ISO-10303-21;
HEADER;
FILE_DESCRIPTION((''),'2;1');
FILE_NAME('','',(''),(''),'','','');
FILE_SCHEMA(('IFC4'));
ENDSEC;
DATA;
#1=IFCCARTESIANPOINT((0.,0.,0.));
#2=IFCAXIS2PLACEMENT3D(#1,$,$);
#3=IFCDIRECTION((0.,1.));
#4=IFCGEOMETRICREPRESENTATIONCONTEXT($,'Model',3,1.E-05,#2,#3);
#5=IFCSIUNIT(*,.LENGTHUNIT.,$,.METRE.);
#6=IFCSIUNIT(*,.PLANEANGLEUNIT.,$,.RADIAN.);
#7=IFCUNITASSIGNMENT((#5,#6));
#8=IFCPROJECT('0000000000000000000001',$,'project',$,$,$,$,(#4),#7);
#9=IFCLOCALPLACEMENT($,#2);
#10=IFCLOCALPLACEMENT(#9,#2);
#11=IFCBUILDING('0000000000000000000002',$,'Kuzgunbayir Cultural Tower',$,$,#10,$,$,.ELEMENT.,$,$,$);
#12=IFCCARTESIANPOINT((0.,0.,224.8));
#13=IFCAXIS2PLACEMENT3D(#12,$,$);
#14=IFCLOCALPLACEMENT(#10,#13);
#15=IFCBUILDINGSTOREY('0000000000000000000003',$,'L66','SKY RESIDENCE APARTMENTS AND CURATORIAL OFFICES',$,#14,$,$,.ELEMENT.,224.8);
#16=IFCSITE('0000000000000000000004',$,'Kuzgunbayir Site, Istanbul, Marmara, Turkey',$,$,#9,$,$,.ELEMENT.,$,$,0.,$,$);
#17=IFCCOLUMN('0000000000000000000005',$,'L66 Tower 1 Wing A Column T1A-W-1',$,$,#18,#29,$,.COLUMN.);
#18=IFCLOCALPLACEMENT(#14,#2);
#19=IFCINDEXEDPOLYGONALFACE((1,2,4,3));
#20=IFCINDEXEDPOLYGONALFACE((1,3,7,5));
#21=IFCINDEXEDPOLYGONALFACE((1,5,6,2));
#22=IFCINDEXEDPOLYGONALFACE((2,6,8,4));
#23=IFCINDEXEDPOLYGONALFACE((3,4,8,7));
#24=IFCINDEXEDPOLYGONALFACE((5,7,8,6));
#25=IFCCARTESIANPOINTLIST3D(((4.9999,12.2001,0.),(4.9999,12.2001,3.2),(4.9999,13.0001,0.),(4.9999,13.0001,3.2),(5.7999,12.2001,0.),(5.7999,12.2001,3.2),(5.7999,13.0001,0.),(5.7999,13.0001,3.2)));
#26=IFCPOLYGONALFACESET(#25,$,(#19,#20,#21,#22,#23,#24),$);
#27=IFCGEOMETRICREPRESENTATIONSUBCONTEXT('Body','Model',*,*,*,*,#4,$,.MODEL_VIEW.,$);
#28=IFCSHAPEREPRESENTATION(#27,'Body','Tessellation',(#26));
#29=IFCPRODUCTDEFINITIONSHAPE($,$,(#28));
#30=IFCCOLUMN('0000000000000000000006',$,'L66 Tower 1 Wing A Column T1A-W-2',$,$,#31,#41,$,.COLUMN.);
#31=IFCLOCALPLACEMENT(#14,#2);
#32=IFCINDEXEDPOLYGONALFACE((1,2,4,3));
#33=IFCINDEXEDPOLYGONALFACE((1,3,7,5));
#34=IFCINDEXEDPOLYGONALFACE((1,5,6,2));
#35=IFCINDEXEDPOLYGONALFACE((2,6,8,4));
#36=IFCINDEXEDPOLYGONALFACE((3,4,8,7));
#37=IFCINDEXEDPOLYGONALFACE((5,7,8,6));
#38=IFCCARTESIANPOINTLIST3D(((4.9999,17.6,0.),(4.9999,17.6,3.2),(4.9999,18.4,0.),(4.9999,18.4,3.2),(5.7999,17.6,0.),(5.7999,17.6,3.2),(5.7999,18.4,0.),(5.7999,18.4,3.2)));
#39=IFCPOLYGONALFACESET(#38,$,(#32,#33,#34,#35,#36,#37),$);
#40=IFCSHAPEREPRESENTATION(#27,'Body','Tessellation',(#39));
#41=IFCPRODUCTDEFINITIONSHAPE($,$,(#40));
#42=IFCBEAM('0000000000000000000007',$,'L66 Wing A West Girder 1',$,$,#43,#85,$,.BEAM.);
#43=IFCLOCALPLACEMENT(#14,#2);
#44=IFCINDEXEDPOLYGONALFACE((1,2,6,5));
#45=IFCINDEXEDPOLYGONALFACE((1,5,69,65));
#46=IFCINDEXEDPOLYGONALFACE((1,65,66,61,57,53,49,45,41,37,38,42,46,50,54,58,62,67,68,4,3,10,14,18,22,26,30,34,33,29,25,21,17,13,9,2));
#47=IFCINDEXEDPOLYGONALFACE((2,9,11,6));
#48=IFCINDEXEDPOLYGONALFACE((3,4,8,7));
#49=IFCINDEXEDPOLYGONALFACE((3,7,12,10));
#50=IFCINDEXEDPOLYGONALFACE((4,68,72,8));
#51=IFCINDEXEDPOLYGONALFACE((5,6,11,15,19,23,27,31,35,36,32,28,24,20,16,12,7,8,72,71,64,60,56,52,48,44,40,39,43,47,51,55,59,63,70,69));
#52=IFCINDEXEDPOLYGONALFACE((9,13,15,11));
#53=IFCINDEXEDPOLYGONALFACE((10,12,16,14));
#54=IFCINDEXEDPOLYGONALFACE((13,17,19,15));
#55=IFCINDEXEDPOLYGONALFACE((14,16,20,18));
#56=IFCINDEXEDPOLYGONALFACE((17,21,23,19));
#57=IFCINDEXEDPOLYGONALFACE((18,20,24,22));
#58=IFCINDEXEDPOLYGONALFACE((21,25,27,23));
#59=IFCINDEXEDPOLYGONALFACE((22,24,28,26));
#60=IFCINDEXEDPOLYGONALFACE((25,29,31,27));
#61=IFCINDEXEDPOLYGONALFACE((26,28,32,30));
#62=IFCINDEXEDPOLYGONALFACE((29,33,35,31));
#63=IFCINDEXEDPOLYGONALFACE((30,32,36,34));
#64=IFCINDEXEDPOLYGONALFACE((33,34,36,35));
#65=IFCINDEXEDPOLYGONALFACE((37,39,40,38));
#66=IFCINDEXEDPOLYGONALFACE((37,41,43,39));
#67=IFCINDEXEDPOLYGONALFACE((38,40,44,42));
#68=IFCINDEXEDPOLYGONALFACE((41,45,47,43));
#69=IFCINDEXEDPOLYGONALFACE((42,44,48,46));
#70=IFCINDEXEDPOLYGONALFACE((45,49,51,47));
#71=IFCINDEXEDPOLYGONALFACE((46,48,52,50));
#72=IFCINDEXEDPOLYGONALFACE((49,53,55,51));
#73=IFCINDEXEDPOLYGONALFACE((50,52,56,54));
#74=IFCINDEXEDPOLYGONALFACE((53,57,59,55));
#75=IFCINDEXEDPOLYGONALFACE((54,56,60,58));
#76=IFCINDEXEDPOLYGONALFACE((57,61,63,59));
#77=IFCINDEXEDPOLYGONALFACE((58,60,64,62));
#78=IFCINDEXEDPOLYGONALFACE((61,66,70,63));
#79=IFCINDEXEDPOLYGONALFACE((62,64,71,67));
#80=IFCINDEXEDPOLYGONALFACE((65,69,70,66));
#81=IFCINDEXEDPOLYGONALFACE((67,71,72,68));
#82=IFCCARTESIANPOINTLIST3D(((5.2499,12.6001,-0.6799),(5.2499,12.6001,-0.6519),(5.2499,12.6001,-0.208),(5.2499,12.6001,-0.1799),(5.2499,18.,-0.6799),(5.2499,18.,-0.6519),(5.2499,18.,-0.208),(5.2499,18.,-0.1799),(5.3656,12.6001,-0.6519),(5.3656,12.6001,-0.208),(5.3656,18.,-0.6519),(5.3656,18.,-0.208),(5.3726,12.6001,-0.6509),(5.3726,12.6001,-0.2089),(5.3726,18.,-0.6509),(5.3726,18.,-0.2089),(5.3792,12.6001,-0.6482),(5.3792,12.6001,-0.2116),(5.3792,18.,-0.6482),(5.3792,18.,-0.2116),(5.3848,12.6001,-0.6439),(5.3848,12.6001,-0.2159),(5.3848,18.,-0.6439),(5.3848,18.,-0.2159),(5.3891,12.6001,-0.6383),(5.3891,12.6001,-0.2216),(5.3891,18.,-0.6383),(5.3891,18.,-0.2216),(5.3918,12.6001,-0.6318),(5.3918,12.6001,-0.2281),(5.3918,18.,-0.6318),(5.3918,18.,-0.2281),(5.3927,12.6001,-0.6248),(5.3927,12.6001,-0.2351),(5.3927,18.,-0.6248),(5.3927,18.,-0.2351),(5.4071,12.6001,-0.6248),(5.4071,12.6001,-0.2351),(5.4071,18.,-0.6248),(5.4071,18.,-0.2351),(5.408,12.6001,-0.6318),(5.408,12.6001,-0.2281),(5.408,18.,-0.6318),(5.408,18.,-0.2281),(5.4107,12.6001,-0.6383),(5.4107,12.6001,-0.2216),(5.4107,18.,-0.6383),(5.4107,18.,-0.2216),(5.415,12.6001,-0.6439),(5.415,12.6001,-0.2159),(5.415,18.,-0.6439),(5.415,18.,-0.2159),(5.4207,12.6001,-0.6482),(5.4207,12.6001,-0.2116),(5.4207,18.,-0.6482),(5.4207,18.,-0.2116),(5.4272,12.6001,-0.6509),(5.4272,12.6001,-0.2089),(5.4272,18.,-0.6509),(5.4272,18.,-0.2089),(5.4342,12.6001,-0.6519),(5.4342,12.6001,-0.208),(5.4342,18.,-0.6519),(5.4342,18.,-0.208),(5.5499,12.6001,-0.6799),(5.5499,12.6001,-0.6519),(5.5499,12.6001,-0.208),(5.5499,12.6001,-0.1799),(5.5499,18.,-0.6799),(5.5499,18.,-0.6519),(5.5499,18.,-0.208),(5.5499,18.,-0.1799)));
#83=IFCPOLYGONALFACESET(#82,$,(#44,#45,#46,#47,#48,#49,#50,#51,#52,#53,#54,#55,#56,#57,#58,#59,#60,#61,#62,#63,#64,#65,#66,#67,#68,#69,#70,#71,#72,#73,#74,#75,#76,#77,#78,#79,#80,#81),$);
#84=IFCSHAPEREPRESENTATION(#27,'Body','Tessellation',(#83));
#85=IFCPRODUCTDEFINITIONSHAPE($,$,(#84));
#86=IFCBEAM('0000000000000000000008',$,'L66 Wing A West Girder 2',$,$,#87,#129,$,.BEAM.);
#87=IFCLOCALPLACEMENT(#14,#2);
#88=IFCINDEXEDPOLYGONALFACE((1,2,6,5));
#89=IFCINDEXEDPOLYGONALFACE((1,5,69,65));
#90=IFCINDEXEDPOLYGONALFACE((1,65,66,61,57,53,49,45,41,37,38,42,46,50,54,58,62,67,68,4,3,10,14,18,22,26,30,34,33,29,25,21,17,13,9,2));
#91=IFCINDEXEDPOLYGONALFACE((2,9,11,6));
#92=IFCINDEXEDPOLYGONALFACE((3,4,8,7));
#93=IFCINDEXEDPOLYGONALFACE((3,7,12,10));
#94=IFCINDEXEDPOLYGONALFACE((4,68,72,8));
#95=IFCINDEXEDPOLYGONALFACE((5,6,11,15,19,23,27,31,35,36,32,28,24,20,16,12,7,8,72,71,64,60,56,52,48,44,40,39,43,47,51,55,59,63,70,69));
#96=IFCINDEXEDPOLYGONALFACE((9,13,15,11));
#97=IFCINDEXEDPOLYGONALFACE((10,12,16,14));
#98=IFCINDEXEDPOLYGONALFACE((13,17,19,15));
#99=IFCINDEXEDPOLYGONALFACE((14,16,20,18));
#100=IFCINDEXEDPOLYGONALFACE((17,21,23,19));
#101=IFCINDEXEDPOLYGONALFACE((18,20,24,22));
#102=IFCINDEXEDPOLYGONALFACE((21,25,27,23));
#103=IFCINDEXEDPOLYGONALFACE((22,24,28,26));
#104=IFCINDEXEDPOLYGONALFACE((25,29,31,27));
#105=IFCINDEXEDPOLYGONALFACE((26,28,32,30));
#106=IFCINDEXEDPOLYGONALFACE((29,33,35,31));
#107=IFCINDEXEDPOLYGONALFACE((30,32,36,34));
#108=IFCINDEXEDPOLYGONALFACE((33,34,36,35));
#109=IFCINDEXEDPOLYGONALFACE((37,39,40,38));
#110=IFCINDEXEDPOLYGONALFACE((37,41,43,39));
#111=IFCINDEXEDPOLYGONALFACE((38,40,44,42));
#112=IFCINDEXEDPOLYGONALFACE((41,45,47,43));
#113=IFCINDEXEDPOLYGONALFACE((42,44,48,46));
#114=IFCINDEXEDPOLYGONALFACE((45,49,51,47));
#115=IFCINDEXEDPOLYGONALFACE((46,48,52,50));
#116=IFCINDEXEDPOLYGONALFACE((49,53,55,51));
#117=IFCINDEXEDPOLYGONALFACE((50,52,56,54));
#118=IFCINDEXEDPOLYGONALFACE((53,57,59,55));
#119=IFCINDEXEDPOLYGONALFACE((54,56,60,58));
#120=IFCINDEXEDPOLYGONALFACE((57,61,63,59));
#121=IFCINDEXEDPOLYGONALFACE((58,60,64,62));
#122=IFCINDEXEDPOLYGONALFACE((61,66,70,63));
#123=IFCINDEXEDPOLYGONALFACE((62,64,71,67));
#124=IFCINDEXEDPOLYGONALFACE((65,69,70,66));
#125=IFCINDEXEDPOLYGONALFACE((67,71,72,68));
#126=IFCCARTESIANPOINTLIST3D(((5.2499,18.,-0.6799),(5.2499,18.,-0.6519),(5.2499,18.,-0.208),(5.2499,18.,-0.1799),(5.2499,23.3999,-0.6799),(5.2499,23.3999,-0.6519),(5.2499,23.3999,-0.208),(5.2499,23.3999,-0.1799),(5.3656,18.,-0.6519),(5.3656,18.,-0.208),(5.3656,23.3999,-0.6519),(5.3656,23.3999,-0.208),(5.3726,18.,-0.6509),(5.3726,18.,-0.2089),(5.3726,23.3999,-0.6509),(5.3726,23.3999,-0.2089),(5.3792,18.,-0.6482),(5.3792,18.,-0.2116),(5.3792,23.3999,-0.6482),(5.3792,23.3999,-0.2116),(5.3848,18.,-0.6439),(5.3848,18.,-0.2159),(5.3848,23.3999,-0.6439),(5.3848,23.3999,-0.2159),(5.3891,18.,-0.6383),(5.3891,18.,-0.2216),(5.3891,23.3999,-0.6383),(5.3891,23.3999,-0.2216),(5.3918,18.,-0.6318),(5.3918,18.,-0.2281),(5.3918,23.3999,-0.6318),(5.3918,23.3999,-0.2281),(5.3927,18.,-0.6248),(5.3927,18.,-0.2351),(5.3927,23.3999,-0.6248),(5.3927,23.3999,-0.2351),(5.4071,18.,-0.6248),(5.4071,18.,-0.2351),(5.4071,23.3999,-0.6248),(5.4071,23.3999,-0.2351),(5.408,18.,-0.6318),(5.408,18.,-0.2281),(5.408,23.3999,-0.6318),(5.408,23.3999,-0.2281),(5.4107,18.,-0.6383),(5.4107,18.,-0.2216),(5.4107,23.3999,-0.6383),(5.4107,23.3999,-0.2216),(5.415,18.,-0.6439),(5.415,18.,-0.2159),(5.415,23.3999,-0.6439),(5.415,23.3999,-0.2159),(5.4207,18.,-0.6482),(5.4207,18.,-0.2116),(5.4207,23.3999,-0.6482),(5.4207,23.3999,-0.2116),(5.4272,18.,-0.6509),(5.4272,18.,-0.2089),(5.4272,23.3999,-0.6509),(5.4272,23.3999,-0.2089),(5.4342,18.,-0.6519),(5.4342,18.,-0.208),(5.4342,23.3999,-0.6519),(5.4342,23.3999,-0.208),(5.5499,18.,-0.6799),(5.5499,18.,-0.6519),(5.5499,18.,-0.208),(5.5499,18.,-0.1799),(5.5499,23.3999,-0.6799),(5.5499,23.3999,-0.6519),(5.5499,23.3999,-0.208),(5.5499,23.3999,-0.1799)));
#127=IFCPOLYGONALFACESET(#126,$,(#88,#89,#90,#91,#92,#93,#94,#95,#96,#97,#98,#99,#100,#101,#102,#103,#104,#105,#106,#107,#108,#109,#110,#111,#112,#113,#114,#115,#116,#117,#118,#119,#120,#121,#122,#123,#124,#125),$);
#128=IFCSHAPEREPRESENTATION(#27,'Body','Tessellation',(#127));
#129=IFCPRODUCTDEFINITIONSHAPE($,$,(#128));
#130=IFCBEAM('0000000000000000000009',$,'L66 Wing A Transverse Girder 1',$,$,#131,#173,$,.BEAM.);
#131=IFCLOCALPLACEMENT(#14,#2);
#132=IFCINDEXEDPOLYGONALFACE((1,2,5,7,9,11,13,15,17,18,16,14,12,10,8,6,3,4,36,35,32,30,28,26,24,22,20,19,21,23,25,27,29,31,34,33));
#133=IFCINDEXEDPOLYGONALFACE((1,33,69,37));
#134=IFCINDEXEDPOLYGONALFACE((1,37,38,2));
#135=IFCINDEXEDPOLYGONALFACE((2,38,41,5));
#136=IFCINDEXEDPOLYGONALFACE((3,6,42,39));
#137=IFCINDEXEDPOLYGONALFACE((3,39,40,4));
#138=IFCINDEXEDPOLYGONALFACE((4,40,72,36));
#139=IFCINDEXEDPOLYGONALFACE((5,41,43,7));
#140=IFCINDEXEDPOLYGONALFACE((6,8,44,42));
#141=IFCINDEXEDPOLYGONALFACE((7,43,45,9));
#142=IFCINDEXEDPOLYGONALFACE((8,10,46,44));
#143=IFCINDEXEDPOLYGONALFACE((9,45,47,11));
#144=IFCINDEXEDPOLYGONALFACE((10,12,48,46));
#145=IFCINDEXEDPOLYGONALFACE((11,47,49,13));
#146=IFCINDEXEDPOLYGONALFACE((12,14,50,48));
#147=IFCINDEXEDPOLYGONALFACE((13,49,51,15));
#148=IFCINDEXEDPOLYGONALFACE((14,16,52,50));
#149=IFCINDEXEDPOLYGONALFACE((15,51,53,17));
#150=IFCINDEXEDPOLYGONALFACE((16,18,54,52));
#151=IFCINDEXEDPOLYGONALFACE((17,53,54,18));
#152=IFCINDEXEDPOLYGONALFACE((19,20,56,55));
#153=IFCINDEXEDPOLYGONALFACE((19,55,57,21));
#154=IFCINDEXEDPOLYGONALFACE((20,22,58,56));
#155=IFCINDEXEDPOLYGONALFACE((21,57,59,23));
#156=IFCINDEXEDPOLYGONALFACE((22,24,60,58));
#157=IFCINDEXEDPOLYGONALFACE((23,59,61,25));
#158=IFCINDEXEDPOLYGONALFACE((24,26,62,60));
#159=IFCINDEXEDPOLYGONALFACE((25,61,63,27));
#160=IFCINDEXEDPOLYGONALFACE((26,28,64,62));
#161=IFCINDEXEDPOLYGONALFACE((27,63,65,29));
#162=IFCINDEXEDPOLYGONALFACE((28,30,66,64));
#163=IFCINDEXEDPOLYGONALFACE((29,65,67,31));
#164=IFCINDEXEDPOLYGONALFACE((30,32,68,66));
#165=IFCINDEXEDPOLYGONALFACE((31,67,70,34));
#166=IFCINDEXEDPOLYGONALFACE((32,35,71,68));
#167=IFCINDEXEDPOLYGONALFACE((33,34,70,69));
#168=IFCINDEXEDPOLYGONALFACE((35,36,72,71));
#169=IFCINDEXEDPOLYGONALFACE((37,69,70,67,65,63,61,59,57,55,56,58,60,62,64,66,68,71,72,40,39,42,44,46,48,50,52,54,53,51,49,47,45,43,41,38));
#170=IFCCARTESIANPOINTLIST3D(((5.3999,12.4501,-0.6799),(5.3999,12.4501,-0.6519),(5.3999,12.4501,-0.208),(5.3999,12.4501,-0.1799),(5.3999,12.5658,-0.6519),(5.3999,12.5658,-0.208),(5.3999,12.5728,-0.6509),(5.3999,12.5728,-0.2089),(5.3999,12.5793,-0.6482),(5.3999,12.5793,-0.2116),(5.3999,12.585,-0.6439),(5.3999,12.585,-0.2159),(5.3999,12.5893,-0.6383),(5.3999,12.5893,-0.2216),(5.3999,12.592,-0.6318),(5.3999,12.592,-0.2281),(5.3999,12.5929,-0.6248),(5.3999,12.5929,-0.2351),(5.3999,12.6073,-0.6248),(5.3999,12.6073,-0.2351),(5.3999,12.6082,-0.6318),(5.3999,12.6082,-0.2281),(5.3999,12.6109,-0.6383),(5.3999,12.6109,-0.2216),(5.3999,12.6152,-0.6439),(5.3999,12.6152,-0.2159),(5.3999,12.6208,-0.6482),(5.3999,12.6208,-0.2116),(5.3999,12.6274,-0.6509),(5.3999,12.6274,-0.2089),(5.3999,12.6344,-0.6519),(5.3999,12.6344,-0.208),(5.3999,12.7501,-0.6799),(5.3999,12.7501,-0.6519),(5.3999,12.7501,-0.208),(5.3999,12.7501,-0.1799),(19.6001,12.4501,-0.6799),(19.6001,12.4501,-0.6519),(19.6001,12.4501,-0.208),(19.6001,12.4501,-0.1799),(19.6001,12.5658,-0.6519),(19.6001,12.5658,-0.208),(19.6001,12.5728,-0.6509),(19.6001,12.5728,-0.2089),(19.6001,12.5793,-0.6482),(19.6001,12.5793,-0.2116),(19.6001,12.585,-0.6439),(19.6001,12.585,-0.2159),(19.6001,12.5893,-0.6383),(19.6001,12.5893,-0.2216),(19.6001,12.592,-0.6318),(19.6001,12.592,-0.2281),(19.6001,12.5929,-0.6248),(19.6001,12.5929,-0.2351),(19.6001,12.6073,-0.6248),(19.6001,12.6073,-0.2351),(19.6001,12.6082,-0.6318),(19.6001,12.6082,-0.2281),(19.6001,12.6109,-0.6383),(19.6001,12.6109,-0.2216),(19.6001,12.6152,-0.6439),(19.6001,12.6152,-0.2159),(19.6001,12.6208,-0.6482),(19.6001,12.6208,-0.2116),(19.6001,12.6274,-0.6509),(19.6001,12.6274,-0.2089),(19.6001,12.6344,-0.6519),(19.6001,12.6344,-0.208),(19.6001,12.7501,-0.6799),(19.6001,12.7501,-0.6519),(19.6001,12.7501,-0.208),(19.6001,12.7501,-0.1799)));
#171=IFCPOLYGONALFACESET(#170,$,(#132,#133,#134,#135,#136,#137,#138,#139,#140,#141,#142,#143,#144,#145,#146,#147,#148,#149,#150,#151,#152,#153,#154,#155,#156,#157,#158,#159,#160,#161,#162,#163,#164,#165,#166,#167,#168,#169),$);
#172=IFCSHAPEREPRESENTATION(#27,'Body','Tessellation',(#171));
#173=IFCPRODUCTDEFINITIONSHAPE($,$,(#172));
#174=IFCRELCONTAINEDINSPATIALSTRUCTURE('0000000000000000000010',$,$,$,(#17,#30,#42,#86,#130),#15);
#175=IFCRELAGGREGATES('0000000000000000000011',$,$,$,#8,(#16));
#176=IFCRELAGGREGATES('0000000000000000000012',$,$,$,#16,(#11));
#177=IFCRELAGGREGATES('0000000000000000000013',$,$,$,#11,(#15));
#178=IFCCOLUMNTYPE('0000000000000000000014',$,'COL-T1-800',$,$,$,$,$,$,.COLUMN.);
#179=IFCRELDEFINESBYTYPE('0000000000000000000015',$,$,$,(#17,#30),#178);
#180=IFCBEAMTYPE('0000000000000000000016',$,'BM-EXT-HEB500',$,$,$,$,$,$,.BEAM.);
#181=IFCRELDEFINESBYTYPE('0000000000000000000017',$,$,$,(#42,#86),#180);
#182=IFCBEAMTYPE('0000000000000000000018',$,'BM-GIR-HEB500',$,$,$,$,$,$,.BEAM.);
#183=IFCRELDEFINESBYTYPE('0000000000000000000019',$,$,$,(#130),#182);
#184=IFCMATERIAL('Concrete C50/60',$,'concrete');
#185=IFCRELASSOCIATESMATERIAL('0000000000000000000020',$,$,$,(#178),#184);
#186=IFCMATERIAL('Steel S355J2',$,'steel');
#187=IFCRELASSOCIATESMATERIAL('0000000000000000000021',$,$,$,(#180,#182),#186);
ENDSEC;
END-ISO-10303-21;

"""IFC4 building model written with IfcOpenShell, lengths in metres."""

from ifc_helpers import new_model, si_unit, direction, frame, origin, origin_2d, place, context, subcontext, project, spatial, rectangle, i_section, extrude, material, material_profile, profile_set, type_object, element, save


model = new_model("IFC4")

# Units and contexts
model_context = context("Model", 3, precision=1e-05, world=origin(), true_north=direction((0.0, 1.0)))
body_context = subcontext(model_context, "Body", "Model", "MODEL_VIEW")
ifc_project = project(units=[si_unit("LENGTHUNIT", "METRE"), si_unit("PLANEANGLEUNIT", "RADIAN")], contexts=[model_context])

# Site, building, storey
site_placement = place(None, origin())
site = spatial("IfcSite", under=ifc_project, at=site_placement, Name="Kuzgunbayir Site, Istanbul, Marmara, Turkey", CompositionType="ELEMENT", RefElevation=0.0)
building_placement = place(site_placement, origin())
building = spatial("IfcBuilding", under=site, at=building_placement, Name="Kuzgunbayir Cultural Tower", CompositionType="ELEMENT")
storey_placement = place(building_placement, frame((0.0, 0.0, 224.8)))
storey = spatial("IfcBuildingStorey", under=building, at=storey_placement, Name="L66", Description="SKY RESIDENCE APARTMENTS AND CURATORIAL OFFICES", CompositionType="ELEMENT", Elevation=224.8)

# Columns
ifc_material_1 = material(Name="Concrete C50/60", Category="concrete")
ifc_material_profile_1 = material_profile(ifc_material_1, rectangle(XDim=0.8, YDim=0.8, at=origin_2d()), Name="RC 800x800")
ifc_profile_set_1 = profile_set([ifc_material_profile_1], Name="Concrete C50/60")
column_type = type_object("IfcColumnType", Name="COL-T1-800", PredefinedType="COLUMN", material=ifc_profile_set_1)
for number, where, z_axis, x_axis, name in (
    (1, (5.3999, 12.6001, 0.0), (0.0, 0.0, 1.0), (1.0, 0.0, 0.0), "L66 Tower 1 Wing A Column T1A-W-1"),
    (2, (5.3999, 18.0, 0.0), (0.0, 0.0, 1.0), (1.0, 0.0, 0.0), "L66 Tower 1 Wing A Column T1A-W-2"),
):
    element("IfcColumn", number, at=place(storey_placement, frame(where, z_axis=z_axis, x_axis=x_axis)), inside=storey, type_object=column_type, Name=name, PredefinedType="COLUMN", context=body_context, shape_type="SweptSolid", body=[
        extrude(rectangle(XDim=0.8, YDim=0.8, at=origin_2d()), origin(), (0.0, 0.0, 1.0), 3.2),
    ])

# Beams
ifc_material_2 = material(Name="Steel S355J2", Category="steel")
ifc_material_profile_2 = material_profile(ifc_material_2, i_section(OverallWidth=0.3, OverallDepth=0.5, WebThickness=0.0144, FlangeThickness=0.0281, FilletRadius=0.0271, at=origin_2d()), Name="HEB 500")
ifc_profile_set_2 = profile_set([ifc_material_profile_2], Name="Steel S355J2")
beam_type_1 = type_object("IfcBeamType", Name="BM-EXT-HEB500", PredefinedType="BEAM", material=ifc_profile_set_2)
for number, where, z_axis, x_axis, name in (
    (3, (5.3999, 12.6001, -0.4299), (0.0, 1.0, 0.0), (-1.0, 0.0, 0.0), "L66 Wing A West Girder 1"),
    (4, (5.3999, 18.0, -0.4299), (0.0, 1.0, 0.0), (-1.0, 0.0, 0.0), "L66 Wing A West Girder 2"),
):
    element("IfcBeam", number, at=place(storey_placement, frame(where, z_axis=z_axis, x_axis=x_axis)), inside=storey, type_object=beam_type_1, Name=name, PredefinedType="BEAM", context=body_context, shape_type="SweptSolid", body=[
        extrude(i_section(OverallWidth=0.3, OverallDepth=0.5, WebThickness=0.0144, FlangeThickness=0.0281, FilletRadius=0.0271, at=origin_2d()), origin(), (0.0, 0.0, 1.0), 5.3999),
    ])
ifc_material_profile_3 = material_profile(ifc_material_2, i_section(OverallWidth=0.3, OverallDepth=0.5, WebThickness=0.0144, FlangeThickness=0.0281, FilletRadius=0.0271, at=origin_2d()), Name="HEB 500")
ifc_profile_set_3 = profile_set([ifc_material_profile_3], Name="Steel S355J2")
beam_type_2 = type_object("IfcBeamType", Name="BM-GIR-HEB500", PredefinedType="BEAM", material=ifc_profile_set_3)
for number, where, z_axis, x_axis, name in (
    (5, (5.3999, 12.6001, -0.4299), (1.0, 0.0, 0.0), (0.0, 1.0, 0.0), "L66 Wing A Transverse Girder 1"),
):
    element("IfcBeam", number, at=place(storey_placement, frame(where, z_axis=z_axis, x_axis=x_axis)), inside=storey, type_object=beam_type_2, Name=name, PredefinedType="BEAM", context=body_context, shape_type="SweptSolid", body=[
        extrude(i_section(OverallWidth=0.3, OverallDepth=0.5, WebThickness=0.0144, FlangeThickness=0.0281, FilletRadius=0.0271, at=origin_2d()), origin(), (0.0, 0.0, 1.0), 14.2002),
    ])

save(model, "model.ifc")
